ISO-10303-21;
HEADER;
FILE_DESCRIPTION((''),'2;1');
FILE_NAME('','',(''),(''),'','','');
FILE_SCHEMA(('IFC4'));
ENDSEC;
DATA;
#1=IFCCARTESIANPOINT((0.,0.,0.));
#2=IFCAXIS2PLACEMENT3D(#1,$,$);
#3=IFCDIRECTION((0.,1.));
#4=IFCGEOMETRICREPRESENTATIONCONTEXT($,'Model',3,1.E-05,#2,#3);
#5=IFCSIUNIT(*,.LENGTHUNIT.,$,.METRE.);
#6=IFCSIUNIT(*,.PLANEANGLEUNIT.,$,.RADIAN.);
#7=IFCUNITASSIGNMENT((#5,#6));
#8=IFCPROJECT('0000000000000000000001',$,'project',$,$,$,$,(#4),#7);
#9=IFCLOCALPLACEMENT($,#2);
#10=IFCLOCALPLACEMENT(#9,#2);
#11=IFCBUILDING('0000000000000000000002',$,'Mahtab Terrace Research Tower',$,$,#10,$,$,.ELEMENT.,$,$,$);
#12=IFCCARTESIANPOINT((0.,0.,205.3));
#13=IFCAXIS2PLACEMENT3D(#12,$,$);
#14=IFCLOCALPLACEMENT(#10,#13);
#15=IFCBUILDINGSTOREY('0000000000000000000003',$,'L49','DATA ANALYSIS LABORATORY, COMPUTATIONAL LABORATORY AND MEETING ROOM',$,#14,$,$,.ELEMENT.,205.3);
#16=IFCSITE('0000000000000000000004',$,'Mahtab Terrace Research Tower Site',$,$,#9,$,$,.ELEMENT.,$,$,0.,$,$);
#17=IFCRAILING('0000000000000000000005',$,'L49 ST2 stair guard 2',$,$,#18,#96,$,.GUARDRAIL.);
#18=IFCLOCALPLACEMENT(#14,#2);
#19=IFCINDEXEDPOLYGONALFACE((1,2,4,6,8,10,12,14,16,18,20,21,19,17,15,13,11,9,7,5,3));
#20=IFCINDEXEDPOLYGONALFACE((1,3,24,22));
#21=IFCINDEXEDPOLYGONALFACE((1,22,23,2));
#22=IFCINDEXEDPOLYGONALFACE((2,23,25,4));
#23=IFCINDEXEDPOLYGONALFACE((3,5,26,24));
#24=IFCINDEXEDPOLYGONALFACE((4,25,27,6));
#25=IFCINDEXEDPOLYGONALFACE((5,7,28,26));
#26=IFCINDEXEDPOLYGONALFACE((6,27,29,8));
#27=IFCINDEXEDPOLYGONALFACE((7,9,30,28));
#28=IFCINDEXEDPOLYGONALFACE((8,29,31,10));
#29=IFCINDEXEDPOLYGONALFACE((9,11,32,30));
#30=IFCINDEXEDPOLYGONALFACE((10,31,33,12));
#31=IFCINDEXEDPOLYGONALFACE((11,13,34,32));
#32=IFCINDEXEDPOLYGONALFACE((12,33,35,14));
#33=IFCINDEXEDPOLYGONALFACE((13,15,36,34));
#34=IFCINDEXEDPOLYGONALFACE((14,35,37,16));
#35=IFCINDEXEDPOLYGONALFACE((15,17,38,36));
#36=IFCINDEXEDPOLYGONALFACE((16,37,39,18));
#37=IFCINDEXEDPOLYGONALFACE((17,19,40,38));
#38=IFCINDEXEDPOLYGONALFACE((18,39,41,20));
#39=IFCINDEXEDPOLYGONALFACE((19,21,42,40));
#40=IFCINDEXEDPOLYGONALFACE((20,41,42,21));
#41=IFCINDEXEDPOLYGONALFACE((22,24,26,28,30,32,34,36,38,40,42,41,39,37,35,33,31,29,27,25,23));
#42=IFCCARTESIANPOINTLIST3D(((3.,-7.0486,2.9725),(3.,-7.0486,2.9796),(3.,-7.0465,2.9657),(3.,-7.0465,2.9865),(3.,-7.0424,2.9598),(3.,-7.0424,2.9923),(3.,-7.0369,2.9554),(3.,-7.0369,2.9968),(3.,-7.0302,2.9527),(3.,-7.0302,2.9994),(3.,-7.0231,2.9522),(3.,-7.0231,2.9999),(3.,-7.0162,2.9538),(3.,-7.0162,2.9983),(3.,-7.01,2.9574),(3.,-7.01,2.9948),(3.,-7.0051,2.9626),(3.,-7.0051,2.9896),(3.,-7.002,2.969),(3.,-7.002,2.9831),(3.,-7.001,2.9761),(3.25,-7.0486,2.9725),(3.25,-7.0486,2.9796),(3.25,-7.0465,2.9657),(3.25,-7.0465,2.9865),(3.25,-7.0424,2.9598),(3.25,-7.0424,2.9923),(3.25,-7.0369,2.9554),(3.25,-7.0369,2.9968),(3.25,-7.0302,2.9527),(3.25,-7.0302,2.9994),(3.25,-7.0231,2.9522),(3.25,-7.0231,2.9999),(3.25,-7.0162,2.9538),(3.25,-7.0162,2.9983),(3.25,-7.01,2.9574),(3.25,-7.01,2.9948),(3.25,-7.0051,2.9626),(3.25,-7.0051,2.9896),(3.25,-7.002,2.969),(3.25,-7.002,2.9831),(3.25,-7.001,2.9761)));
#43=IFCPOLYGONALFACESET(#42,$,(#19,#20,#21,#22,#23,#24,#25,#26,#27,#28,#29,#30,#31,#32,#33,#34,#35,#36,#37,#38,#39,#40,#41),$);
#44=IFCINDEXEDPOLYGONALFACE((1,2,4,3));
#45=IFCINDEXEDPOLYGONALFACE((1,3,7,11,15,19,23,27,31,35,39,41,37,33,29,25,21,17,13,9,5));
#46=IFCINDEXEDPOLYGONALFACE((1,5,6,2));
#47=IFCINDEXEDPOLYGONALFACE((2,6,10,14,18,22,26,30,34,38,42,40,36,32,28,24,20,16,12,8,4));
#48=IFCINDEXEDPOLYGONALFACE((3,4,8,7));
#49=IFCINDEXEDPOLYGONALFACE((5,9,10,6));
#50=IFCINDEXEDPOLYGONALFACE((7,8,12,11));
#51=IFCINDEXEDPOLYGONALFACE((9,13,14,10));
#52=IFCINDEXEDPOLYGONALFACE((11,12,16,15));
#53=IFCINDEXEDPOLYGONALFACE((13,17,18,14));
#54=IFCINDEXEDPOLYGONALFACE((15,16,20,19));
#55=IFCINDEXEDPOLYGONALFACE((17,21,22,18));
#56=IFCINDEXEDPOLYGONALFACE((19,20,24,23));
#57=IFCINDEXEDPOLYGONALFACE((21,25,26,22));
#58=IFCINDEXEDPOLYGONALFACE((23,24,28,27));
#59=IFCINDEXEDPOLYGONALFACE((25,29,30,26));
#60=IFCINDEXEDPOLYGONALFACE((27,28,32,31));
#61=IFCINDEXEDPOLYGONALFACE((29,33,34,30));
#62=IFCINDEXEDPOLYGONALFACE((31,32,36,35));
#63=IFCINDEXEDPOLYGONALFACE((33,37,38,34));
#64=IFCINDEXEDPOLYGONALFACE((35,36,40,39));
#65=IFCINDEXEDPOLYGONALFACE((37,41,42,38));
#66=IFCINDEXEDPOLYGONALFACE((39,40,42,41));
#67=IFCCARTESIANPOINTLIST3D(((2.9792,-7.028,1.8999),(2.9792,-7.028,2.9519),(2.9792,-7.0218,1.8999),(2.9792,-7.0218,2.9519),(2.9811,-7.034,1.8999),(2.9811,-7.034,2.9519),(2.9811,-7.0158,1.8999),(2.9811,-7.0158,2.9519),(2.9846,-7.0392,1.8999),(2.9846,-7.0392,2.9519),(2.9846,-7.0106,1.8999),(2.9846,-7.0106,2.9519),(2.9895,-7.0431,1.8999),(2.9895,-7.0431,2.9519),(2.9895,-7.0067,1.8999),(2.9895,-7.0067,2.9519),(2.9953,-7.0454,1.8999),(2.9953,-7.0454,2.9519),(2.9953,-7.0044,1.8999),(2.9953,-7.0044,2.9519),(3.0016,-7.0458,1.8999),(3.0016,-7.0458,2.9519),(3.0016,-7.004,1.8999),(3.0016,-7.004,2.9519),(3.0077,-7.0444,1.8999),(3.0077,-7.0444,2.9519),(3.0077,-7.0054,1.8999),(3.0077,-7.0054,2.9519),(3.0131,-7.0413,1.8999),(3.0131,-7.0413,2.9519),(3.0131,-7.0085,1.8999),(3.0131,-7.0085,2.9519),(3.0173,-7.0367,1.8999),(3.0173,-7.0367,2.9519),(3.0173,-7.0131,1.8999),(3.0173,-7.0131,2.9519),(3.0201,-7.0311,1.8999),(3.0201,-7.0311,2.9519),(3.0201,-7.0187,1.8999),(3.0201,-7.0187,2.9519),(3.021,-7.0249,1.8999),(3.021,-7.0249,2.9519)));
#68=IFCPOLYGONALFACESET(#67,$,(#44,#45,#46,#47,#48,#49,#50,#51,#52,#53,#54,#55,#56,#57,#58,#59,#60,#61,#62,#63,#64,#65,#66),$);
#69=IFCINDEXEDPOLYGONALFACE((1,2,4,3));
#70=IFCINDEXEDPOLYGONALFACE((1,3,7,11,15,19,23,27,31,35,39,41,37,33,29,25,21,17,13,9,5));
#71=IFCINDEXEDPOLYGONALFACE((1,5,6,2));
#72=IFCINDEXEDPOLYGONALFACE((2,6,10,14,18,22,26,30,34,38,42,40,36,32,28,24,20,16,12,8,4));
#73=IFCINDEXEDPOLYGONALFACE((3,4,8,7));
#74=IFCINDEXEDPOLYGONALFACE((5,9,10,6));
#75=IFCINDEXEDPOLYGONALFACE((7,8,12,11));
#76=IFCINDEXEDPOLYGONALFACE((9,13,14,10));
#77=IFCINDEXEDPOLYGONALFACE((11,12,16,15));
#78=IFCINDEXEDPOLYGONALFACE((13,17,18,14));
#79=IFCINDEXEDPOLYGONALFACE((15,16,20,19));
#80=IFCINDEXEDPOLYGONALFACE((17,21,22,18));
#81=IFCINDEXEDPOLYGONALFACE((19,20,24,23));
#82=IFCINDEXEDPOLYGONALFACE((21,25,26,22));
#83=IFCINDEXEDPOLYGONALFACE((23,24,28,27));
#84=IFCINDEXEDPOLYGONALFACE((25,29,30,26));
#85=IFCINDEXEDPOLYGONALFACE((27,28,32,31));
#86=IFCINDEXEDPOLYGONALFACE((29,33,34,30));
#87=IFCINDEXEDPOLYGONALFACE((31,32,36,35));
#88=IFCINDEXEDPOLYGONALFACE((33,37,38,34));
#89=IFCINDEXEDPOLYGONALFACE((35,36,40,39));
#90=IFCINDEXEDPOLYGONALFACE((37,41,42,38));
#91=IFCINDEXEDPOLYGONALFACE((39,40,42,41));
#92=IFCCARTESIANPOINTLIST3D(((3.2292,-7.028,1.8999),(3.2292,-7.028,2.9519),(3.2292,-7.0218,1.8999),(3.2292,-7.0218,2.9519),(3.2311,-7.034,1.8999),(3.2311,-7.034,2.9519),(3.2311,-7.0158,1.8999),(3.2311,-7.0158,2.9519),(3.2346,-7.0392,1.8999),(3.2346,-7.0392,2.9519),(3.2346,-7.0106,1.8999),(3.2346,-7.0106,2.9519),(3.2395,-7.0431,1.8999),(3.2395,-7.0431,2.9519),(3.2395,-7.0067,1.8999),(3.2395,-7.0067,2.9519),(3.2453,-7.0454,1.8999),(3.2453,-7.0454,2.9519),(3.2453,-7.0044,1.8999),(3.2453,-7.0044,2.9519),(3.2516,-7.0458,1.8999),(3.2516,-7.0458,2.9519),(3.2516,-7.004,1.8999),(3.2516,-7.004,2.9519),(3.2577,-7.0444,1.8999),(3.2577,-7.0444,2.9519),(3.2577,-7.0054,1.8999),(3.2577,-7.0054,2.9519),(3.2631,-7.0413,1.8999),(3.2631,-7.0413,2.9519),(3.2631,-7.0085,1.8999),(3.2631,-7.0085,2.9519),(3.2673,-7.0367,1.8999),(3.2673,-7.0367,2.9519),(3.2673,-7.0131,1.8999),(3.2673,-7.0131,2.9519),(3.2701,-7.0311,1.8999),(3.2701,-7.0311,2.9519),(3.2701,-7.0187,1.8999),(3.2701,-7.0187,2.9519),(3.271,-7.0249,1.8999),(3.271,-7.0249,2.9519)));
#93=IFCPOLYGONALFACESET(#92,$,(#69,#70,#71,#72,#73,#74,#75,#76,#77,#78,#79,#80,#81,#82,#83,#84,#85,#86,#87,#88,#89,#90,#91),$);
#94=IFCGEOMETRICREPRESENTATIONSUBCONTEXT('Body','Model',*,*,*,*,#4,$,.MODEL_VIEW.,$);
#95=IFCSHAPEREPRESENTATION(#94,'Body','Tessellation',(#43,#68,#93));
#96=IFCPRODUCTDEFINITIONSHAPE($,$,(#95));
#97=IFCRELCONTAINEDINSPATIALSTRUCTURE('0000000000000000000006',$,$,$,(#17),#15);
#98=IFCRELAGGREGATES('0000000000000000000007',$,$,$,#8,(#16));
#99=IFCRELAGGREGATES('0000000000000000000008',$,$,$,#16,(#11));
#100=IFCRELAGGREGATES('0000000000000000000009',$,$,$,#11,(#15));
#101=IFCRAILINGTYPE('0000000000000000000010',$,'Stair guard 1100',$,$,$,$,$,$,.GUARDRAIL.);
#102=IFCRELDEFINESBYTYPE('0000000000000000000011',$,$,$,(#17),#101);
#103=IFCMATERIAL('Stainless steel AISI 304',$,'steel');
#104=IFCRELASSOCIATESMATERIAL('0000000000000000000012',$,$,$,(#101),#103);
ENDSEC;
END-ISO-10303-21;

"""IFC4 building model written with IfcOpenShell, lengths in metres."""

from ifc_helpers import new_model, si_unit, direction, frame, origin, origin_2d, place, context, subcontext, project, spatial, circle, extrude, material, type_object, element, save


model = new_model("IFC4")

# Units and contexts
model_context = context("Model", 3, precision=1e-05, world=origin(), true_north=direction((0.0, 1.0)))
body_context = subcontext(model_context, "Body", "Model", "MODEL_VIEW")
ifc_project = project(units=[si_unit("LENGTHUNIT", "METRE"), si_unit("PLANEANGLEUNIT", "RADIAN")], contexts=[model_context])

# Site, building, storey
site_placement = place(None, origin())
site = spatial("IfcSite", under=ifc_project, at=site_placement, Name="Mahtab Terrace Research Tower Site", CompositionType="ELEMENT", RefElevation=0.0)
building_placement = place(site_placement, origin())
building = spatial("IfcBuilding", under=site, at=building_placement, Name="Mahtab Terrace Research Tower", CompositionType="ELEMENT")
storey_placement = place(building_placement, frame((0.0, 0.0, 205.3)))
storey = spatial("IfcBuildingStorey", under=building, at=storey_placement, Name="L49", Description="DATA ANALYSIS LABORATORY, COMPUTATIONAL LABORATORY AND MEETING ROOM", CompositionType="ELEMENT", Elevation=205.3)

# Shared definitions
ifc_material_1 = material(Name="Stainless steel AISI 304", Category="steel")

# Railing
railing_type = type_object("IfcRailingType", Name="Stair guard 1100", PredefinedType="GUARDRAIL", material=ifc_material_1)
railing_1_placement = place(storey_placement, frame((3.0, -7.0249, 1.8999)))
element("IfcRailing", 1, at=railing_1_placement, inside=storey, type_object=railing_type, Name="L49 ST2 stair guard 2", PredefinedType="GUARDRAIL", context=body_context, shape_type="SweptSolid", body=[
    extrude(circle(Radius=0.0239, at=origin_2d()), frame((0.0, 0.0, 1.0762), z_axis=(1.0, 0.0, 0.0), x_axis=(0.0, 1.0, 0.0)), (0.0, 0.0, 1.0), 0.25),
    extrude(circle(Radius=0.021, at=origin_2d()), origin(), (0.0, 0.0, 1.0), 1.052),
    extrude(circle(Radius=0.021, at=origin_2d()), frame((0.25, 0.0, 0.0)), (0.0, 0.0, 1.0), 1.052),
])

save(model, "model.ifc")
